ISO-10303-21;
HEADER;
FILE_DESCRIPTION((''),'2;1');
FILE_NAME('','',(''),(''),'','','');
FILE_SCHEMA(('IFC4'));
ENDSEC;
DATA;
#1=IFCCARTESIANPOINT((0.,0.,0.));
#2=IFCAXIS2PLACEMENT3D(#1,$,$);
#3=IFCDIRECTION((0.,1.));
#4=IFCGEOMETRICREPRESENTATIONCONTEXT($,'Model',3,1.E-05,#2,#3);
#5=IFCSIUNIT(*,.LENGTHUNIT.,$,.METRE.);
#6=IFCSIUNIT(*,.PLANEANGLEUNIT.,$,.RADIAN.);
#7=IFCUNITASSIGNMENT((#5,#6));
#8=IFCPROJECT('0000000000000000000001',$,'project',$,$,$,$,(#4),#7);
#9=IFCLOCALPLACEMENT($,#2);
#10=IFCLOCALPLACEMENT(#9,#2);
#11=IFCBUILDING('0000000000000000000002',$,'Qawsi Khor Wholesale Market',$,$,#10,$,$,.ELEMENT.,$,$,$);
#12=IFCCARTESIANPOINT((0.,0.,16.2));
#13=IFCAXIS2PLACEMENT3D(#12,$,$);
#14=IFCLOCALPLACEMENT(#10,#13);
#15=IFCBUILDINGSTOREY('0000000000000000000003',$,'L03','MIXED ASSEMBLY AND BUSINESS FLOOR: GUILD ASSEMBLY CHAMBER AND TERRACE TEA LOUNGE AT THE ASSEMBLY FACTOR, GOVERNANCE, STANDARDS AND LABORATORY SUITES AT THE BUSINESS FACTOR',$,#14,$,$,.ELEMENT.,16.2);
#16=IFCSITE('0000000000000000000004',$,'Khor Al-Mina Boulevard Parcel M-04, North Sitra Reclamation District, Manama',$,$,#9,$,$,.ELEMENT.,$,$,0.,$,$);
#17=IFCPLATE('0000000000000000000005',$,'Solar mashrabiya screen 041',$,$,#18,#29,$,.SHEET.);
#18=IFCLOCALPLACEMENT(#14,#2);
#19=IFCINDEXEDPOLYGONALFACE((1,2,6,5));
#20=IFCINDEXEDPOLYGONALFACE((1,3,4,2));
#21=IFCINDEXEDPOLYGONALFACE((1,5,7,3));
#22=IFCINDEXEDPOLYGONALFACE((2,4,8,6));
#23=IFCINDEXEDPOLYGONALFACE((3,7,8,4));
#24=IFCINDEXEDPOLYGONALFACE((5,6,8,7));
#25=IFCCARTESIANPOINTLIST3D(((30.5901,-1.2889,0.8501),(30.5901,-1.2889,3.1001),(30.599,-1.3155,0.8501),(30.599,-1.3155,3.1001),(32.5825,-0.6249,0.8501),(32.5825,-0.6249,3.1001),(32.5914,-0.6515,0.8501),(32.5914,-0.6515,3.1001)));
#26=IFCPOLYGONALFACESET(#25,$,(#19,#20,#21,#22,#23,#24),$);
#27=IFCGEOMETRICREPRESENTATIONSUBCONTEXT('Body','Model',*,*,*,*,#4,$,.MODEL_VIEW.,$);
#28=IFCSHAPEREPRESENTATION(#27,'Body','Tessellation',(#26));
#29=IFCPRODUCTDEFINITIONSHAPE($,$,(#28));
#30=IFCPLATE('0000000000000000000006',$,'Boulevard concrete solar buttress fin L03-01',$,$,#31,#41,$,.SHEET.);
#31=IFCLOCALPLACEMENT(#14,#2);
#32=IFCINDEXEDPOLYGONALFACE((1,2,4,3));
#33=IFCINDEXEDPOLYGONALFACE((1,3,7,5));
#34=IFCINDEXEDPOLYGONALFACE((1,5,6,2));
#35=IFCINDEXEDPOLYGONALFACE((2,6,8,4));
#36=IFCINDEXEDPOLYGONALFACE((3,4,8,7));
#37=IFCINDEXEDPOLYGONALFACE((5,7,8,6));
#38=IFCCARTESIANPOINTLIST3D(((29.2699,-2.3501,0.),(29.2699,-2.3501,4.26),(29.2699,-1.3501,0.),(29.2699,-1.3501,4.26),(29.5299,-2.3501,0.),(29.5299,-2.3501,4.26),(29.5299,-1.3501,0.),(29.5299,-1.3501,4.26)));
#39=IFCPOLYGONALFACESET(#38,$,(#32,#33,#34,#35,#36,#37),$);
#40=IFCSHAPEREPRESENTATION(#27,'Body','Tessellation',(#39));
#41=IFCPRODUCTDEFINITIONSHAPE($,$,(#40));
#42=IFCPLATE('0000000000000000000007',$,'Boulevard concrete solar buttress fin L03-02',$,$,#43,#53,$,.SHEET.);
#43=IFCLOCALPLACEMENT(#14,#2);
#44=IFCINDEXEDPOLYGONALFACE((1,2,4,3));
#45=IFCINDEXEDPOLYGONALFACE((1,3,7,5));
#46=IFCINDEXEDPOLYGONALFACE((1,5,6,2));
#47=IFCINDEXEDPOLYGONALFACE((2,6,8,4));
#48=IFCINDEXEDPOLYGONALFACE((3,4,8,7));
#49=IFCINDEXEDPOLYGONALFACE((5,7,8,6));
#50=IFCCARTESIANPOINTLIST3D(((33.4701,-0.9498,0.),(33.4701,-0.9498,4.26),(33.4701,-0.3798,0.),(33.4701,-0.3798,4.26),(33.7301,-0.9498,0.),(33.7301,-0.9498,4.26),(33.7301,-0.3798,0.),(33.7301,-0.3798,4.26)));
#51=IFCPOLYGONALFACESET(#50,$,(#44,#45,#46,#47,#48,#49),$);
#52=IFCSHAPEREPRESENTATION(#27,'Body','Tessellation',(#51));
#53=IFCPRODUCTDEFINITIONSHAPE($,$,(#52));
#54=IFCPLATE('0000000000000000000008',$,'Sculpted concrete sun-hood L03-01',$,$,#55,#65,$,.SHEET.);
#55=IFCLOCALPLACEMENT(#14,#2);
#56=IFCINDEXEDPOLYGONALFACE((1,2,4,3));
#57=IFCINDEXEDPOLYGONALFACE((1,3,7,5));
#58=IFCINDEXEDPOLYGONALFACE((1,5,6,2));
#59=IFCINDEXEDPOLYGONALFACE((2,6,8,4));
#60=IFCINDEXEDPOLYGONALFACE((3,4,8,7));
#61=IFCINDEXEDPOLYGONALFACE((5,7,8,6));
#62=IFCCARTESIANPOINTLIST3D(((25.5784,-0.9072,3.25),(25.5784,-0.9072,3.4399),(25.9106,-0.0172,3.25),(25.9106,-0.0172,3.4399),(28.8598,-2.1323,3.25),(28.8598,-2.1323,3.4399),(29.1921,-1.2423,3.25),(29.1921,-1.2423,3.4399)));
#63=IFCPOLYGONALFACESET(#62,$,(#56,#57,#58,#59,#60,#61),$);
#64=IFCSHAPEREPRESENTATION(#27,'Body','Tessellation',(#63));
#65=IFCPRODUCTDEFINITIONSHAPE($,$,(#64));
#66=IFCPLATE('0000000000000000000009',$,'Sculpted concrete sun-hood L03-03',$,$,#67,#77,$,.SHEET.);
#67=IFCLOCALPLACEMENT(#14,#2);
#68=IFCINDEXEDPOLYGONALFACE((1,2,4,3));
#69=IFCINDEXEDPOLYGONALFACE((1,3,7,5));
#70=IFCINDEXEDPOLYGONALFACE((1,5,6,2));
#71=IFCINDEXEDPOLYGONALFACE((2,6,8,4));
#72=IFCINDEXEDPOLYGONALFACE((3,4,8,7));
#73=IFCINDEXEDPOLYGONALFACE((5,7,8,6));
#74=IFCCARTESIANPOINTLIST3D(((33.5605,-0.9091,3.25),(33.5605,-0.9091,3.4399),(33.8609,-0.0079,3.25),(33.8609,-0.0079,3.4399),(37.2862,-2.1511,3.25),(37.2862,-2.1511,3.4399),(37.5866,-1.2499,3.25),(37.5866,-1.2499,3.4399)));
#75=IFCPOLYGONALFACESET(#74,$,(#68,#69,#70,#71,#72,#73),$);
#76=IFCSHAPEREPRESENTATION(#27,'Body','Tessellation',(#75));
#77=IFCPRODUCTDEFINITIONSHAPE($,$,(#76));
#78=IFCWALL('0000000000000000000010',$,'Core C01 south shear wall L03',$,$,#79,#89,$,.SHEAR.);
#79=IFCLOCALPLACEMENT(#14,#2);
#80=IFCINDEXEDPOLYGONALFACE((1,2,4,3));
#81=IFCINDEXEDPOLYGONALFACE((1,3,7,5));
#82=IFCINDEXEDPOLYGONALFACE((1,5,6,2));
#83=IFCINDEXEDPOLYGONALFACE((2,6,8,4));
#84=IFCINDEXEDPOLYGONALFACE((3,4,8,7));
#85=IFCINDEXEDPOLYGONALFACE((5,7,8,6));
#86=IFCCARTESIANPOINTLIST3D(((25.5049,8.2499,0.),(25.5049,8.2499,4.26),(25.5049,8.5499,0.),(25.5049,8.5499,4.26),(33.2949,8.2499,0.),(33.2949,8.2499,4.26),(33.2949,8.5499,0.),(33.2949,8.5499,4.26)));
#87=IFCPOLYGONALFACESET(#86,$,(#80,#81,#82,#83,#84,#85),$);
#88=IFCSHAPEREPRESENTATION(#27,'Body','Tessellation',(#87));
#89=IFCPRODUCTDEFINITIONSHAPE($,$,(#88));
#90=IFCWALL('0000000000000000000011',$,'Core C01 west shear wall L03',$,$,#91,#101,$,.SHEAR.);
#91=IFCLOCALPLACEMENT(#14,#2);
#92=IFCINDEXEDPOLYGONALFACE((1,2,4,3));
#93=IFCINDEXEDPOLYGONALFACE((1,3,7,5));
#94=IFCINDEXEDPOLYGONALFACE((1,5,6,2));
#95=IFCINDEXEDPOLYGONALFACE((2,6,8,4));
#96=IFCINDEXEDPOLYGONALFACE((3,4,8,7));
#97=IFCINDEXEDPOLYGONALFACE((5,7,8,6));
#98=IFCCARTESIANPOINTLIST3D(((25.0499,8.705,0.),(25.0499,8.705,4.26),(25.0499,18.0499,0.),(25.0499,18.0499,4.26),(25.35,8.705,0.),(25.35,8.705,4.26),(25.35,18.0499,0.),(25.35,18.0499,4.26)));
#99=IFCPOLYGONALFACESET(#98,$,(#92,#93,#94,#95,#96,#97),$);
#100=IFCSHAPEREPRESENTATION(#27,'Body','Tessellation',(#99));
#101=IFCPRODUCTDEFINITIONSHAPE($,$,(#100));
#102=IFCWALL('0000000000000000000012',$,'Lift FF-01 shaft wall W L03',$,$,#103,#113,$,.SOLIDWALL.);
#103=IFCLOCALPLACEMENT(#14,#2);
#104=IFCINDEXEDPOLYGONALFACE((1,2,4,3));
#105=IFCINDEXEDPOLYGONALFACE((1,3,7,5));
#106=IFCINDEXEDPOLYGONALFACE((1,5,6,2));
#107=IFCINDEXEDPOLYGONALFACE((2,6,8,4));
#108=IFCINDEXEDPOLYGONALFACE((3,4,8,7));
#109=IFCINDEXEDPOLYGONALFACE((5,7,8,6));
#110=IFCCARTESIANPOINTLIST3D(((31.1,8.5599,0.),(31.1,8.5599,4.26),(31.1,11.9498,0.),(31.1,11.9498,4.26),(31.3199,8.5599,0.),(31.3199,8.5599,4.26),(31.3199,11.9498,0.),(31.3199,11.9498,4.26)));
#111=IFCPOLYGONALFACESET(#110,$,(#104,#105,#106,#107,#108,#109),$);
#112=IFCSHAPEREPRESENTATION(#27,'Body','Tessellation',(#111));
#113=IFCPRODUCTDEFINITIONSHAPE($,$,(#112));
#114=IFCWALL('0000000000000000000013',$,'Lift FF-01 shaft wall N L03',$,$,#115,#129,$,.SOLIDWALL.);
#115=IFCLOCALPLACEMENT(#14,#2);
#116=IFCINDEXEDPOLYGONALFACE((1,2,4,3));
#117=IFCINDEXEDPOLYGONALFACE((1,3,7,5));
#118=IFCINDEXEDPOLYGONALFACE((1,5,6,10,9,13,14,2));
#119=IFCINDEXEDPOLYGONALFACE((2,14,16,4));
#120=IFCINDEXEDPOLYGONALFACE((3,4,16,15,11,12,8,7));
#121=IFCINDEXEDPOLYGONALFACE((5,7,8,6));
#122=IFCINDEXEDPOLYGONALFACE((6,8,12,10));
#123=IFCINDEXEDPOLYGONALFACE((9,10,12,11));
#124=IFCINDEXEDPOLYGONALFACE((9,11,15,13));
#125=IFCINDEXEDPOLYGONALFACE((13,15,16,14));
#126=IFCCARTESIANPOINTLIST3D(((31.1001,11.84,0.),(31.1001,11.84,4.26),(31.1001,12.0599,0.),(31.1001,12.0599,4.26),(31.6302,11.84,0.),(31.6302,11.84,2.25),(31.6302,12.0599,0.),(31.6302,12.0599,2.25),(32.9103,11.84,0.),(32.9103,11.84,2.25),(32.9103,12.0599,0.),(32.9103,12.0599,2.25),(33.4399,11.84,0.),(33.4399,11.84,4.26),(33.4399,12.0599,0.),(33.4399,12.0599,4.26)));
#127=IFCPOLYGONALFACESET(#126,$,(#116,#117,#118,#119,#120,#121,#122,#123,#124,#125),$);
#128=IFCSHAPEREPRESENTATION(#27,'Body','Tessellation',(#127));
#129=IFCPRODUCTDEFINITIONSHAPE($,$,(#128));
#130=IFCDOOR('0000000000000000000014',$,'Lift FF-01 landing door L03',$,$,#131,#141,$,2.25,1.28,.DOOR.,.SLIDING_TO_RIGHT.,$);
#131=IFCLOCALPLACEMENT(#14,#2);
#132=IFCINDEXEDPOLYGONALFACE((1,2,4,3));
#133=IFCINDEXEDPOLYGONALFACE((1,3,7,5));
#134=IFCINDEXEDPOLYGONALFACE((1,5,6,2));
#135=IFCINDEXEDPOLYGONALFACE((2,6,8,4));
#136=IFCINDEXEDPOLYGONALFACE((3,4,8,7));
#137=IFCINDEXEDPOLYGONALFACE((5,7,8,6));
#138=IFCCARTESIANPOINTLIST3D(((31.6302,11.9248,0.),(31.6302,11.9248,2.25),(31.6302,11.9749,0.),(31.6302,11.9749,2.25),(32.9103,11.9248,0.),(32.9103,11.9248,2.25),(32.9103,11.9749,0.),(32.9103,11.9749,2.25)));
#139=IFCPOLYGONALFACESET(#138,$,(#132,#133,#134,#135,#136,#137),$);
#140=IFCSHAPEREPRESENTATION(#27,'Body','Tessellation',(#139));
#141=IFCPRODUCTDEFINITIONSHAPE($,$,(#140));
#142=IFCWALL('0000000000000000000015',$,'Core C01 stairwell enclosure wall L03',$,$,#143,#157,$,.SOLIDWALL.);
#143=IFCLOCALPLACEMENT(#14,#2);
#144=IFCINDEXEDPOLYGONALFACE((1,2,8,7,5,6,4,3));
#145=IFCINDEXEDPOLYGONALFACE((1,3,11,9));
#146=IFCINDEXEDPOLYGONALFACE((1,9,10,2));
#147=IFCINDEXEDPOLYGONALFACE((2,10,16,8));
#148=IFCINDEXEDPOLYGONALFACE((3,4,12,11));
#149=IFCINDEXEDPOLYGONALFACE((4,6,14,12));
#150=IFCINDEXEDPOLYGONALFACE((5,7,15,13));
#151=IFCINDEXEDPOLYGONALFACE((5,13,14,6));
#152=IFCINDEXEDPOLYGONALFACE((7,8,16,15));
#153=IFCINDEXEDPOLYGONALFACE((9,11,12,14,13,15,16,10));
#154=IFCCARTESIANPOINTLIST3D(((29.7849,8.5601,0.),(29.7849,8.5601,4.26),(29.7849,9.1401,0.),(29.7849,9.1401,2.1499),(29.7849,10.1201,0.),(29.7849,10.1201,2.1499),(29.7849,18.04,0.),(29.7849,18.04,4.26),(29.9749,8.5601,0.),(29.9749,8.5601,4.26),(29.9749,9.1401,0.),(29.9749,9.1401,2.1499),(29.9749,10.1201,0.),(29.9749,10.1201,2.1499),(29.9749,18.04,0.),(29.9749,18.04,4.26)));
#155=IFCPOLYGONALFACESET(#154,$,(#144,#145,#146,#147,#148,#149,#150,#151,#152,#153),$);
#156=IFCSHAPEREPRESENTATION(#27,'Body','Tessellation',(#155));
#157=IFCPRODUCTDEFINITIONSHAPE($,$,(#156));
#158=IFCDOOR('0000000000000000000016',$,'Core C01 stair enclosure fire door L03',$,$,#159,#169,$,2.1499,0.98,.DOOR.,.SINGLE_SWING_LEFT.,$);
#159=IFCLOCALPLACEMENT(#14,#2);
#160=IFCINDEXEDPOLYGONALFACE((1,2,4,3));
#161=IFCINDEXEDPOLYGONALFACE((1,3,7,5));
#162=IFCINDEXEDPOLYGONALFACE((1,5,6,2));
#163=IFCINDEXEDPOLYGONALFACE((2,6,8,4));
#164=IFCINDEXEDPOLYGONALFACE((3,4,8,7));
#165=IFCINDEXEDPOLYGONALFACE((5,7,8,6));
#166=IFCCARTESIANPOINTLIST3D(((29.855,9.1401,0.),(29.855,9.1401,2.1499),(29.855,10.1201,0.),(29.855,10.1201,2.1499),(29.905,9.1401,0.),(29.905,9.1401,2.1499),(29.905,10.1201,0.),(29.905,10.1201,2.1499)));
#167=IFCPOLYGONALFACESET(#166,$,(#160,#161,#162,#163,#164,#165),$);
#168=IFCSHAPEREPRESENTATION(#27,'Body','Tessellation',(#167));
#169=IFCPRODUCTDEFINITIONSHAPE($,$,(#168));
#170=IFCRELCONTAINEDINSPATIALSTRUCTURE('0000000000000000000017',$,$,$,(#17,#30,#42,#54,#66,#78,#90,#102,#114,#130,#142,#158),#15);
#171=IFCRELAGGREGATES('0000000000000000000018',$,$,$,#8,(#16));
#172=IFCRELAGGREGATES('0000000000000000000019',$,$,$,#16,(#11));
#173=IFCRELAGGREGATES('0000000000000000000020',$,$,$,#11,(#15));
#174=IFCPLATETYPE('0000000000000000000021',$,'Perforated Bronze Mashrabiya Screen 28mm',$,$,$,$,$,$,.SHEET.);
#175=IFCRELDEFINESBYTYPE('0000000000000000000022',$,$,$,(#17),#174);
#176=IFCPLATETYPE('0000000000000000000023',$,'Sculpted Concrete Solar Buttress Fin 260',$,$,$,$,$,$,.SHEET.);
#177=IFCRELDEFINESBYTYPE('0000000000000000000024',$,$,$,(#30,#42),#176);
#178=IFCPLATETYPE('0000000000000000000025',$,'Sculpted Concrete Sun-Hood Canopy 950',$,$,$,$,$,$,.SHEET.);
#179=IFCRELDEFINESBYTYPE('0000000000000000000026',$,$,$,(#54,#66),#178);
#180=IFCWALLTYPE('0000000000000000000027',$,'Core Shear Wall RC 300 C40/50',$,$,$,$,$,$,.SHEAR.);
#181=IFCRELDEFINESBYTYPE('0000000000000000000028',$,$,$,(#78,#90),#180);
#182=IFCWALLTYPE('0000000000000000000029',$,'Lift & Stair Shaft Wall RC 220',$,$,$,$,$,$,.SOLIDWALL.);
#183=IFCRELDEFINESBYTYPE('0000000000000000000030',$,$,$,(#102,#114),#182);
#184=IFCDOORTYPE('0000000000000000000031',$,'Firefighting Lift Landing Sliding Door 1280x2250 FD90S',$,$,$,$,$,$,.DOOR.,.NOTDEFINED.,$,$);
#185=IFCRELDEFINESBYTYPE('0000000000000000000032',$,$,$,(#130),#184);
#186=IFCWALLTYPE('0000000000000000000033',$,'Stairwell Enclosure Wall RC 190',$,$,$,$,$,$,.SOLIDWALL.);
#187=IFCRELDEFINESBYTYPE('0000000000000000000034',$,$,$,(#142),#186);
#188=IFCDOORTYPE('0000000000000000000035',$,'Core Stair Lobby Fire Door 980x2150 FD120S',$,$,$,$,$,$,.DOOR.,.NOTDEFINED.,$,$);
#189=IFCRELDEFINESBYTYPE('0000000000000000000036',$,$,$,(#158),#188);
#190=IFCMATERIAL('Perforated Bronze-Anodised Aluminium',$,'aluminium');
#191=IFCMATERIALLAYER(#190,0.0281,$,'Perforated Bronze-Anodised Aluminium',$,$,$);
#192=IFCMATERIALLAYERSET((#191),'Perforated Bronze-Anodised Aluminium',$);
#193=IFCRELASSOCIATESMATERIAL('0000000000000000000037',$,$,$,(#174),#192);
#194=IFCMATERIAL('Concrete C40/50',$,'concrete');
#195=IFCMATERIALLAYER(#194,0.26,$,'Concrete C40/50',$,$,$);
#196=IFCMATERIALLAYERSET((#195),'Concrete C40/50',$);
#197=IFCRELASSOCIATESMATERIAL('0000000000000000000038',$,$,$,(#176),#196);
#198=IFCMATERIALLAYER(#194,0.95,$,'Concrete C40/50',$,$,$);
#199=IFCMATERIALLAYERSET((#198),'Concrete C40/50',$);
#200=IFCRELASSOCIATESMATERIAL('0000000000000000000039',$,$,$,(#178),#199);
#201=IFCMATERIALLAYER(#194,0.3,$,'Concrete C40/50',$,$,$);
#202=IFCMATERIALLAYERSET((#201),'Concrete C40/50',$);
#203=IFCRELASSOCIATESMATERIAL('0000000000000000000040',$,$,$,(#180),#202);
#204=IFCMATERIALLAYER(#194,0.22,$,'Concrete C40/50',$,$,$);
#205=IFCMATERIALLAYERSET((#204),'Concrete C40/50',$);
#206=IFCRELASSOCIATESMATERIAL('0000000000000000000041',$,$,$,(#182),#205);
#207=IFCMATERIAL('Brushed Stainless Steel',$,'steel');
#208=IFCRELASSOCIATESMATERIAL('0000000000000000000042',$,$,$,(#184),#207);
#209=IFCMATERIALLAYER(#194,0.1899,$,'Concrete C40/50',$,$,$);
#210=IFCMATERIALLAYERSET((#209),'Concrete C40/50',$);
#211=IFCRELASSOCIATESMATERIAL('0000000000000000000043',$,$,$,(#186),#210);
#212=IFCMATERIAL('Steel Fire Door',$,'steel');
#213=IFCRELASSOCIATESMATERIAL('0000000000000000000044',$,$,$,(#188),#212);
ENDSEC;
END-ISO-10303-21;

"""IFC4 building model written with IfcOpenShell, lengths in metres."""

from ifc_helpers import new_model, si_unit, direction, frame, frame_2d, origin, place, context, subcontext, project, spatial, rectangle, extrude, material, layer, layer_set, type_object, element, fill, save


model = new_model("IFC4")

# Units and contexts
model_context = context("Model", 3, precision=1e-05, world=origin(), true_north=direction((0.0, 1.0)))
body_context = subcontext(model_context, "Body", "Model", "MODEL_VIEW")
ifc_project = project(units=[si_unit("LENGTHUNIT", "METRE"), si_unit("PLANEANGLEUNIT", "RADIAN")], contexts=[model_context])

# Site, building, storey
site_placement = place(None, origin())
site = spatial("IfcSite", under=ifc_project, at=site_placement, Name="Khor Al-Mina Boulevard Parcel M-04, North Sitra Reclamation District, Manama", CompositionType="ELEMENT", RefElevation=0.0)
building_placement = place(site_placement, origin())
building = spatial("IfcBuilding", under=site, at=building_placement, Name="Qawsi Khor Wholesale Market", CompositionType="ELEMENT")
storey_placement = place(building_placement, frame((0.0, 0.0, 16.2)))
storey = spatial("IfcBuildingStorey", under=building, at=storey_placement, Name="L03", Description="MIXED ASSEMBLY AND BUSINESS FLOOR: GUILD ASSEMBLY CHAMBER AND TERRACE TEA LOUNGE AT THE ASSEMBLY FACTOR, GOVERNANCE, STANDARDS AND LABORATORY SUITES AT THE BUSINESS FACTOR", CompositionType="ELEMENT", Elevation=16.2)

# Shared definitions
ifc_material_1 = material(Name="Concrete C40/50", Category="concrete")

# Plates
ifc_material_2 = material(Name="Perforated Bronze-Anodised Aluminium", Category="aluminium")
ifc_layer_1 = layer(ifc_material_2, 0.0281, Name="Perforated Bronze-Anodised Aluminium")
ifc_layer_set_1 = layer_set([ifc_layer_1], Name="Perforated Bronze-Anodised Aluminium")
plate_type_1 = type_object("IfcPlateType", Name="Perforated Bronze Mashrabiya Screen 28mm", PredefinedType="SHEET", material=ifc_layer_set_1)
plate_1_placement = place(storey_placement, frame((32.5869, -0.6382, 0.8501), z_axis=(0.0, 0.0, 1.0), x_axis=(-0.948695, -0.316193, 0.0)))
element("IfcPlate", 1, at=plate_1_placement, inside=storey, type_object=plate_type_1, Name="Solar mashrabiya screen 041", PredefinedType="SHEET", context=body_context, shape_type="SweptSolid", body=[
    extrude(rectangle(XDim=2.1001, YDim=0.0281, at=frame_2d((1.05, 0.0))), origin(), (0.0, 0.0, 1.0), 2.25),
])
ifc_layer_2 = layer(ifc_material_1, 0.26, Name="Concrete C40/50")
ifc_layer_set_2 = layer_set([ifc_layer_2], Name="Concrete C40/50")
plate_type_2 = type_object("IfcPlateType", Name="Sculpted Concrete Solar Buttress Fin 260", PredefinedType="SHEET", material=ifc_layer_set_2)
plate_2_placement = place(storey_placement, frame((29.3999, -2.3501, 0.0), z_axis=(0.0, 0.0, 1.0), x_axis=(0.0, 1.0, 0.0)))
element("IfcPlate", 2, at=plate_2_placement, inside=storey, type_object=plate_type_2, Name="Boulevard concrete solar buttress fin L03-01", PredefinedType="SHEET", context=body_context, shape_type="SweptSolid", body=[
    extrude(rectangle(XDim=1.0, YDim=0.26, at=frame_2d((0.5, 0.0))), origin(), (0.0, 0.0, 1.0), 4.26),
])
plate_3_placement = place(storey_placement, frame((33.6001, -0.95, 0.0), z_axis=(0.0, 0.0, 1.0), x_axis=(0.0, 1.0, 0.0)))
element("IfcPlate", 3, at=plate_3_placement, inside=storey, type_object=plate_type_2, Name="Boulevard concrete solar buttress fin L03-02", PredefinedType="SHEET", context=body_context, shape_type="SweptSolid", body=[
    extrude(rectangle(XDim=0.5701, YDim=0.26, at=frame_2d((0.2852, 0.0))), origin(), (0.0, 0.0, 1.0), 4.26),
])
ifc_layer_3 = layer(ifc_material_1, 0.95, Name="Concrete C40/50")
ifc_layer_set_3 = layer_set([ifc_layer_3], Name="Concrete C40/50")
plate_type_3 = type_object("IfcPlateType", Name="Sculpted Concrete Sun-Hood Canopy 950", PredefinedType="SHEET", material=ifc_layer_set_3)
plate_4_placement = place(storey_placement, frame((25.7444, -0.4622, 3.25), z_axis=(0.0, 0.0, 1.0), x_axis=(0.936841, -0.349756, 0.0)))
element("IfcPlate", 4, at=plate_4_placement, inside=storey, type_object=plate_type_3, Name="Sculpted concrete sun-hood L03-01", PredefinedType="SHEET", context=body_context, shape_type="SweptSolid", body=[
    extrude(rectangle(XDim=3.5027, YDim=0.95, at=frame_2d((1.7515, 0.0))), origin(), (0.0, 0.0, 1.0), 0.1899),
])
plate_5_placement = place(storey_placement, frame((33.7107, -0.4585, 3.25), z_axis=(0.0, 0.0, 1.0), x_axis=(0.948677, -0.316246, 0.0)))
element("IfcPlate", 5, at=plate_5_placement, inside=storey, type_object=plate_type_3, Name="Sculpted concrete sun-hood L03-03", PredefinedType="SHEET", context=body_context, shape_type="SweptSolid", body=[
    extrude(rectangle(XDim=3.9272, YDim=0.95, at=frame_2d((1.9636, 0.0))), origin(), (0.0, 0.0, 1.0), 0.1899),
])

# Walls
ifc_layer_4 = layer(ifc_material_1, 0.3, Name="Concrete C40/50")
ifc_layer_set_4 = layer_set([ifc_layer_4], Name="Concrete C40/50")
wall_type_1 = type_object("IfcWallType", Name="Core Shear Wall RC 300 C40/50", PredefinedType="SHEAR", material=ifc_layer_set_4)
wall_1_placement = place(storey_placement, frame((33.2949, 8.3999, 0.0), z_axis=(0.0, 0.0, 1.0), x_axis=(-1.0, 0.0, 0.0)))
element("IfcWall", 6, at=wall_1_placement, inside=storey, type_object=wall_type_1, Name="Core C01 south shear wall L03", PredefinedType="SHEAR", context=body_context, shape_type="SweptSolid", body=[
    extrude(rectangle(XDim=7.79, YDim=0.3, at=frame_2d((3.895, 0.0))), origin(), (0.0, 0.0, 1.0), 4.26),
])
wall_2_placement = place(storey_placement, frame((25.2, 8.7051, 0.0), z_axis=(0.0, 0.0, 1.0), x_axis=(0.0, 1.0, 0.0)))
element("IfcWall", 7, at=wall_2_placement, inside=storey, type_object=wall_type_1, Name="Core C01 west shear wall L03", PredefinedType="SHEAR", context=body_context, shape_type="SweptSolid", body=[
    extrude(rectangle(XDim=9.345, YDim=0.3, at=frame_2d((4.6724, 0.0))), origin(), (0.0, 0.0, 1.0), 4.26),
])
ifc_layer_5 = layer(ifc_material_1, 0.22, Name="Concrete C40/50")
ifc_layer_set_5 = layer_set([ifc_layer_5], Name="Concrete C40/50")
wall_type_2 = type_object("IfcWallType", Name="Lift & Stair Shaft Wall RC 220", PredefinedType="SOLIDWALL", material=ifc_layer_set_5)
wall_3_placement = place(storey_placement, frame((31.21, 8.5601, 0.0), z_axis=(0.0, 0.0, 1.0), x_axis=(0.0, 1.0, 0.0)))
element("IfcWall", 8, at=wall_3_placement, inside=storey, type_object=wall_type_2, Name="Lift FF-01 shaft wall W L03", PredefinedType="SOLIDWALL", context=body_context, shape_type="SweptSolid", body=[
    extrude(rectangle(XDim=3.3899, YDim=0.22, at=frame_2d((1.6948, 0.0))), origin(), (0.0, 0.0, 1.0), 4.26),
])

# Walls, openings, doors
wall_4_placement = place(storey_placement, frame((31.1001, 11.95, 0.0), z_axis=(0.0, 0.0, 1.0), x_axis=(1.0, 0.0, 0.0)))
wall_4 = element("IfcWall", 9, at=wall_4_placement, inside=storey, type_object=wall_type_2, Name="Lift FF-01 shaft wall N L03", PredefinedType="SOLIDWALL", context=body_context, shape_type="SweptSolid", body=[
    extrude(rectangle(XDim=2.3398, YDim=0.22, at=frame_2d((1.1699, 0.0))), origin(), (0.0, 0.0, 1.0), 4.26),
])
opening_1_placement = place(wall_4_placement, frame((0.53, 0.0, 0.0)))
opening_1 = element("IfcOpeningElement", 10, at=opening_1_placement, cuts=wall_4, PredefinedType="OPENING", context=body_context, shape_type="SweptSolid", body=[
    extrude(rectangle(XDim=1.28, YDim=2.25, at=frame_2d((0.6401, 1.125))), frame((0.0, 0.1199, 0.0), z_axis=(0.0, -1.0, 0.0), x_axis=(1.0, 0.0, 0.0)), (0.0, 0.0, 1.0), 0.24),
])
ifc_material_3 = material(Name="Brushed Stainless Steel", Category="steel")
door_type_1 = type_object("IfcDoorType", Name="Firefighting Lift Landing Sliding Door 1280x2250 FD90S", OperationType="NOTDEFINED", PredefinedType="DOOR", material=ifc_material_3)
door_1_placement = place(opening_1_placement, origin())
door_1 = element("IfcDoor", 11, at=door_1_placement, inside=storey, type_object=door_type_1, Name="Lift FF-01 landing door L03", OperationType="SLIDING_TO_RIGHT", OverallHeight=2.25, OverallWidth=1.28, PredefinedType="DOOR", context=body_context, shape_type="SweptSolid", body=[
    extrude(rectangle(XDim=1.28, YDim=2.25, at=frame_2d((0.6401, 1.125))), frame((0.0, 0.0249, 0.0), z_axis=(0.0, -1.0, 0.0), x_axis=(1.0, 0.0, 0.0)), (0.0, 0.0, 1.0), 0.05),
])
fill(opening_1, door_1)
ifc_layer_6 = layer(ifc_material_1, 0.1899, Name="Concrete C40/50")
ifc_layer_set_6 = layer_set([ifc_layer_6], Name="Concrete C40/50")
wall_type_3 = type_object("IfcWallType", Name="Stairwell Enclosure Wall RC 190", PredefinedType="SOLIDWALL", material=ifc_layer_set_6)
wall_5_placement = place(storey_placement, frame((29.8799, 8.5601, 0.0), z_axis=(0.0, 0.0, 1.0), x_axis=(0.0, 1.0, 0.0)))
wall_5 = element("IfcWall", 12, at=wall_5_placement, inside=storey, type_object=wall_type_3, Name="Core C01 stairwell enclosure wall L03", PredefinedType="SOLIDWALL", context=body_context, shape_type="SweptSolid", body=[
    extrude(rectangle(XDim=9.48, YDim=0.1899, at=frame_2d((4.74, 0.0))), origin(), (0.0, 0.0, 1.0), 4.26),
])
opening_2_placement = place(wall_5_placement, frame((0.5801, 0.0, 0.0)))
opening_2 = element("IfcOpeningElement", 13, at=opening_2_placement, cuts=wall_5, PredefinedType="OPENING", context=body_context, shape_type="SweptSolid", body=[
    extrude(rectangle(XDim=0.98, YDim=2.1499, at=frame_2d((0.49, 1.075))), frame((0.0, 0.105, 0.0), z_axis=(0.0, -1.0, 0.0), x_axis=(1.0, 0.0, 0.0)), (0.0, 0.0, 1.0), 0.21),
])
ifc_material_4 = material(Name="Steel Fire Door", Category="steel")
door_type_2 = type_object("IfcDoorType", Name="Core Stair Lobby Fire Door 980x2150 FD120S", OperationType="NOTDEFINED", PredefinedType="DOOR", material=ifc_material_4)
door_2_placement = place(opening_2_placement, origin())
door_2 = element("IfcDoor", 14, at=door_2_placement, inside=storey, type_object=door_type_2, Name="Core C01 stair enclosure fire door L03", OperationType="SINGLE_SWING_LEFT", OverallHeight=2.1499, OverallWidth=0.98, PredefinedType="DOOR", context=body_context, shape_type="SweptSolid", body=[
    extrude(rectangle(XDim=0.98, YDim=2.1499, at=frame_2d((0.49, 1.075))), frame((0.0, 0.0249, 0.0), z_axis=(0.0, -1.0, 0.0), x_axis=(1.0, 0.0, 0.0)), (0.0, 0.0, 1.0), 0.05),
])
fill(opening_2, door_2)

save(model, "model.ifc")
